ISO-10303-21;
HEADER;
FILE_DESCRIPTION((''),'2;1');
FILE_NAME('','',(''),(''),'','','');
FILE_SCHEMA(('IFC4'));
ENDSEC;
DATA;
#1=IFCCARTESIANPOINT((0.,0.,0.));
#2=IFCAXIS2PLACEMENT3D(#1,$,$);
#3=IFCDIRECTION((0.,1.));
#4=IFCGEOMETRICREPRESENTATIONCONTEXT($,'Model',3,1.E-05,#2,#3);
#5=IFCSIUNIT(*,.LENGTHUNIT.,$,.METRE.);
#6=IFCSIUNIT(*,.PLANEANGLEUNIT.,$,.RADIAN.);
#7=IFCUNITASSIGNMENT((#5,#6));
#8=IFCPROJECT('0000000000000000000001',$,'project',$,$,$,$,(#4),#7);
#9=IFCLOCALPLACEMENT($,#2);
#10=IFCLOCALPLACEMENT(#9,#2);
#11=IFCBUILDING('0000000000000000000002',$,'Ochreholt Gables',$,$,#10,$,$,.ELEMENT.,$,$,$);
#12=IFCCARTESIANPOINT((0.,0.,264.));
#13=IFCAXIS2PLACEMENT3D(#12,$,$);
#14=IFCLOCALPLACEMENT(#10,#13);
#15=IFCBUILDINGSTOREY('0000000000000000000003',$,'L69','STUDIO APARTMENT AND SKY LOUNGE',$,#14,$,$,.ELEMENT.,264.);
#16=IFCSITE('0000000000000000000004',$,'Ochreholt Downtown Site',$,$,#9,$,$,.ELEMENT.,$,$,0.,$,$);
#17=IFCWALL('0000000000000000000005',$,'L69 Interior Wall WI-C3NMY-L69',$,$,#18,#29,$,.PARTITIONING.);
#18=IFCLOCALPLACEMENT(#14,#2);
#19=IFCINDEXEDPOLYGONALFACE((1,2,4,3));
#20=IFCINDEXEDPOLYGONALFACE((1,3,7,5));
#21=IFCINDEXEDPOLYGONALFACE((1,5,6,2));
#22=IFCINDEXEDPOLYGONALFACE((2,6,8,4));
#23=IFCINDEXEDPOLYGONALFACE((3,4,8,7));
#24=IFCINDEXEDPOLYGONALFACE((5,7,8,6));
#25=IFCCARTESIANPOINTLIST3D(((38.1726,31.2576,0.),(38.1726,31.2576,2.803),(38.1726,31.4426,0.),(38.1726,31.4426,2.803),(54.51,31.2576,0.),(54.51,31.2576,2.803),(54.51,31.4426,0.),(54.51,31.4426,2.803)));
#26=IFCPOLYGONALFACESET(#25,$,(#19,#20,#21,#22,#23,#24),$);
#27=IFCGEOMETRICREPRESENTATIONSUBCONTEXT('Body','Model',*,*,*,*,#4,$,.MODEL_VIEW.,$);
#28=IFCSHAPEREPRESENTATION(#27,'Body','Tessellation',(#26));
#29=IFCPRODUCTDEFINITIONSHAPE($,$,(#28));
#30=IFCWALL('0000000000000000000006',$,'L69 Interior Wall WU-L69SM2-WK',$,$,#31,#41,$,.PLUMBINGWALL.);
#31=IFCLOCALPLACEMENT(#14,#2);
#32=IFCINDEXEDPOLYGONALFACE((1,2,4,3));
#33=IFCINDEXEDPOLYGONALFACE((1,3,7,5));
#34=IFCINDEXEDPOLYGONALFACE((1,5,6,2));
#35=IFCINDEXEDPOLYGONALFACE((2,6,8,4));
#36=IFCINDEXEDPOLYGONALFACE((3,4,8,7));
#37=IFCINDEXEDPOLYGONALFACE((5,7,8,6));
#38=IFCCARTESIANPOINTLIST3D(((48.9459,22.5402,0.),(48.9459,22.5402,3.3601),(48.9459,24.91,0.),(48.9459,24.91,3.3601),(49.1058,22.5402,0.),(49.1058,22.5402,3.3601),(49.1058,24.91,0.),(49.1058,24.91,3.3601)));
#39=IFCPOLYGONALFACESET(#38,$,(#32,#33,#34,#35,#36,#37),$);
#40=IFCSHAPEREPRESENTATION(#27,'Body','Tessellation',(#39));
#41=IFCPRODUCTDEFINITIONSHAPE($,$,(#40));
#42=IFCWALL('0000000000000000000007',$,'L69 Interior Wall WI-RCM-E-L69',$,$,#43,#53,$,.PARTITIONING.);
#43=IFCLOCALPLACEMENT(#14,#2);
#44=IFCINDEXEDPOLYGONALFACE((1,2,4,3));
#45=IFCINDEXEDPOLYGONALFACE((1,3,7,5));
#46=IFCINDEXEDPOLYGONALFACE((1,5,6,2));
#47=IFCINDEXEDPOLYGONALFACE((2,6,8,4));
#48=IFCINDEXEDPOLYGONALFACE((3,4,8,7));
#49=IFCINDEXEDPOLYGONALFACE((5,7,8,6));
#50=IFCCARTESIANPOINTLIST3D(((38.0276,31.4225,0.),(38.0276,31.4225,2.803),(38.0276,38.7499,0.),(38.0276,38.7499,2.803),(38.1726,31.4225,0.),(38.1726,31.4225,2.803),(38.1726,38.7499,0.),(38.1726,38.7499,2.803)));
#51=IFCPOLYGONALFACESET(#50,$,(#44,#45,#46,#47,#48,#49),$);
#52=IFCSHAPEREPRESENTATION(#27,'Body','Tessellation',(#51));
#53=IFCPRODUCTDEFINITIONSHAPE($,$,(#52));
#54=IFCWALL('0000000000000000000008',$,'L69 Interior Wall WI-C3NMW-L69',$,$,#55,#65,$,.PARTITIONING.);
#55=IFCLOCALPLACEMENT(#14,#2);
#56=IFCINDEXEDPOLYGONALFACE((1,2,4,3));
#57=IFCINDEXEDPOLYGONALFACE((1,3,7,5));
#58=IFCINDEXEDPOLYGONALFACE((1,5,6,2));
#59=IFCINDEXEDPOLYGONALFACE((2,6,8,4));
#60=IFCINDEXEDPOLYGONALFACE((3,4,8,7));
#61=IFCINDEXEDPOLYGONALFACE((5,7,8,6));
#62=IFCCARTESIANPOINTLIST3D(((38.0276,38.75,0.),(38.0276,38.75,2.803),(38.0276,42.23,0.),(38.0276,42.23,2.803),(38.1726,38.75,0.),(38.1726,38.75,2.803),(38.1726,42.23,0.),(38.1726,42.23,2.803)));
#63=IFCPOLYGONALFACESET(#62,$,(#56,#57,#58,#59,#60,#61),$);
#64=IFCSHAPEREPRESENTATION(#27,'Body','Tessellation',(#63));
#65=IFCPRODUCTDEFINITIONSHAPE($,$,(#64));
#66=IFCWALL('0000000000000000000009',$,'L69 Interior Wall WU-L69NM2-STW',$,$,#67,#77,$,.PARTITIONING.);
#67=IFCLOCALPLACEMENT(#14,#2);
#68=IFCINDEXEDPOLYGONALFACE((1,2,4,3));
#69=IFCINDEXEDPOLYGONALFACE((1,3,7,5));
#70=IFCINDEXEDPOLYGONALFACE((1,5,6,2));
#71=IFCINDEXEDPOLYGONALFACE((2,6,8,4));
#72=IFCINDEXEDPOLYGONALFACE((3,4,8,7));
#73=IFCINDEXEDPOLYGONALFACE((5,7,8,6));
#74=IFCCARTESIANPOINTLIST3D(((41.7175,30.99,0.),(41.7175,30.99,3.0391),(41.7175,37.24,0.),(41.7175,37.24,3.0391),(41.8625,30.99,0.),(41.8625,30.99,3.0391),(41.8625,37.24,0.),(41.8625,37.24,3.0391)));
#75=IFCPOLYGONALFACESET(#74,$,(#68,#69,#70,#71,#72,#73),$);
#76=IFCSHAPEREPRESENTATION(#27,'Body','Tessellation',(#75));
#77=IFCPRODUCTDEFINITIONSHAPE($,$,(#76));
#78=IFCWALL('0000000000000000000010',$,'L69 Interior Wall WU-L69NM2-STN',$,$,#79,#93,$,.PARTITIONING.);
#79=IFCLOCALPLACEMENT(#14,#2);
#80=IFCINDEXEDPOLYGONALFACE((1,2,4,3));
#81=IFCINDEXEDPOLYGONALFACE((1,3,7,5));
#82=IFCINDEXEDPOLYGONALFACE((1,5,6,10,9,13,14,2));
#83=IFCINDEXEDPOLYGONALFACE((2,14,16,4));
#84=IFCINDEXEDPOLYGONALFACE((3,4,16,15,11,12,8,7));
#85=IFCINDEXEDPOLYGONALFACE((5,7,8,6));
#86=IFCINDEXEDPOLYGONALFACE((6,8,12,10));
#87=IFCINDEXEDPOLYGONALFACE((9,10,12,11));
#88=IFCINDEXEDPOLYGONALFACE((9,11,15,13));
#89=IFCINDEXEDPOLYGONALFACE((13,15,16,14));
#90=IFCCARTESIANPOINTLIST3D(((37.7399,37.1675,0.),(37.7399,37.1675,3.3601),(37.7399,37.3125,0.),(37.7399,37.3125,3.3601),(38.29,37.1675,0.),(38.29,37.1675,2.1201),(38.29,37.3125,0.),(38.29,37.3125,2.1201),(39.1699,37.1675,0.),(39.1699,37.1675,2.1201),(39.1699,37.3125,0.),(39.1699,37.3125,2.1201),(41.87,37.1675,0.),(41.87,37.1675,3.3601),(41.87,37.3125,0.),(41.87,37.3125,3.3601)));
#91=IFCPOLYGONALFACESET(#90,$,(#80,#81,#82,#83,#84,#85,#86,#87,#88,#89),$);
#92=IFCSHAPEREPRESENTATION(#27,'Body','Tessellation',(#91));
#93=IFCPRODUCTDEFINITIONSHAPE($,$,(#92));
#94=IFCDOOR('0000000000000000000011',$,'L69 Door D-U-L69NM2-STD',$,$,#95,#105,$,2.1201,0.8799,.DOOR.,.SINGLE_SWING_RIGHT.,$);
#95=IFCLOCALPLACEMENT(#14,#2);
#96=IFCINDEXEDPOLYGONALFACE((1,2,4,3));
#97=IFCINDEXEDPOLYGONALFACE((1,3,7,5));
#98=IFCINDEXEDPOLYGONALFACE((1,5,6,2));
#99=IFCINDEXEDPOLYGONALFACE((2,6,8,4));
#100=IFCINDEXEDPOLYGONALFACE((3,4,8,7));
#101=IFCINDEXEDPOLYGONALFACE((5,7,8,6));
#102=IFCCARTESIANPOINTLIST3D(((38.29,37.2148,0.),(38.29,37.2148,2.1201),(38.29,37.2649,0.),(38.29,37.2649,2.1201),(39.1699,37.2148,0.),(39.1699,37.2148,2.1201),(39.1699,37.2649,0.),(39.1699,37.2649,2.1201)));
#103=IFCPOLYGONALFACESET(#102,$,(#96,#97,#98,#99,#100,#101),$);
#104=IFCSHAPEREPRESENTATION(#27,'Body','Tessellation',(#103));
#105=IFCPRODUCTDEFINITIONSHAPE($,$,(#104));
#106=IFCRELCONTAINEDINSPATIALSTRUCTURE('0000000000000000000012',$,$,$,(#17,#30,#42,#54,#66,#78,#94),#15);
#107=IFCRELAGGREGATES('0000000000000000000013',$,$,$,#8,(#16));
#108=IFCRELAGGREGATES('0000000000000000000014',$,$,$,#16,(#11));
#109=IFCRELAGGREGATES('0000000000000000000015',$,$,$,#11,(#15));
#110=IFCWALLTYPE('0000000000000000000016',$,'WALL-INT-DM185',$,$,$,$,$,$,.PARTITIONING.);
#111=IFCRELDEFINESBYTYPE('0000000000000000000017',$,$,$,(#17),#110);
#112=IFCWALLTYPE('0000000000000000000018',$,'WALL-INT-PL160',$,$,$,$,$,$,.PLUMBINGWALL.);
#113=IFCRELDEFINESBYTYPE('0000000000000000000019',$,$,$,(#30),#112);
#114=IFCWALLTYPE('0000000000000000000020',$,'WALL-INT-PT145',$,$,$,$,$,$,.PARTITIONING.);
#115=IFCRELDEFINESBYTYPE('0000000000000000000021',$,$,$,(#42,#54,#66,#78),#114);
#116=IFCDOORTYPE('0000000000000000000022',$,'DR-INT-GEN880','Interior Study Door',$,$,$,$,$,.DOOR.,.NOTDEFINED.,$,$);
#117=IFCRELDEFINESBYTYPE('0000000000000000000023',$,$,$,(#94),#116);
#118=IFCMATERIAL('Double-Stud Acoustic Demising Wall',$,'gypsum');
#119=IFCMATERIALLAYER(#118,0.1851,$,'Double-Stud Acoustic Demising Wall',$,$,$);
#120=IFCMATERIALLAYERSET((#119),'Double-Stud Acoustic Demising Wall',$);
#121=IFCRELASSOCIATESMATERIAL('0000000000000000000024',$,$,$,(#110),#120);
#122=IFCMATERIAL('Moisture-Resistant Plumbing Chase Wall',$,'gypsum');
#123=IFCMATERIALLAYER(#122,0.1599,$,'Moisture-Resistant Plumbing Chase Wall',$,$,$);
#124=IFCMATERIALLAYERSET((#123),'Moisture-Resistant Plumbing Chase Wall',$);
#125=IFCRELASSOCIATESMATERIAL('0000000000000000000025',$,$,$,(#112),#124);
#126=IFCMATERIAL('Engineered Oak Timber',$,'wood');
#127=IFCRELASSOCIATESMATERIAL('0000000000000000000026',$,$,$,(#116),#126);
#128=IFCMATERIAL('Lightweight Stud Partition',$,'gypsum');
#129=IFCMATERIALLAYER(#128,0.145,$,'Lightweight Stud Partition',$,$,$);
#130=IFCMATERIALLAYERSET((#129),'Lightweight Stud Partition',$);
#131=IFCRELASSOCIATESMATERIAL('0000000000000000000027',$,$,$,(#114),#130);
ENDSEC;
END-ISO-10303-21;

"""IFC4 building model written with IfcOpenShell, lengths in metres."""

from ifc_helpers import new_model, si_unit, direction, frame, frame_2d, origin, place, context, subcontext, project, spatial, rectangle, extrude, material, layer, layer_set, type_object, element, fill, save


model = new_model("IFC4")

# Units and contexts
model_context = context("Model", 3, precision=1e-05, world=origin(), true_north=direction((0.0, 1.0)))
body_context = subcontext(model_context, "Body", "Model", "MODEL_VIEW")
ifc_project = project(units=[si_unit("LENGTHUNIT", "METRE"), si_unit("PLANEANGLEUNIT", "RADIAN")], contexts=[model_context])

# Site, building, storey
site_placement = place(None, origin())
site = spatial("IfcSite", under=ifc_project, at=site_placement, Name="Ochreholt Downtown Site", CompositionType="ELEMENT", RefElevation=0.0)
building_placement = place(site_placement, origin())
building = spatial("IfcBuilding", under=site, at=building_placement, Name="Ochreholt Gables", CompositionType="ELEMENT")
storey_placement = place(building_placement, frame((0.0, 0.0, 264.0)))
storey = spatial("IfcBuildingStorey", under=building, at=storey_placement, Name="L69", Description="STUDIO APARTMENT AND SKY LOUNGE", CompositionType="ELEMENT", Elevation=264.0)

# Shared definitions
ifc_material_1 = material(Name="Engineered Oak Timber", Category="wood")

# Wall
ifc_material_2 = material(Name="Double-Stud Acoustic Demising Wall", Category="gypsum")
ifc_layer_1 = layer(ifc_material_2, 0.1851, Name="Double-Stud Acoustic Demising Wall")
ifc_layer_set_1 = layer_set([ifc_layer_1], Name="Double-Stud Acoustic Demising Wall")
wall_type_1 = type_object("IfcWallType", Name="WALL-INT-DM185", PredefinedType="PARTITIONING", material=ifc_layer_set_1)
wall_1_placement = place(storey_placement, frame((38.1726, 31.3501, 0.0), z_axis=(0.0, 0.0, 1.0), x_axis=(1.0, 0.0, 0.0)))
element("IfcWall", 1, at=wall_1_placement, inside=storey, type_object=wall_type_1, Name="L69 Interior Wall WI-C3NMY-L69", PredefinedType="PARTITIONING", context=body_context, shape_type="SweptSolid", body=[
    extrude(rectangle(XDim=16.3374, YDim=0.1851, at=frame_2d((8.1687, 0.0))), origin(), (0.0, 0.0, 1.0), 2.803),
])

# Shared definitions
ifc_material_3 = material(Name="Moisture-Resistant Plumbing Chase Wall", Category="gypsum")
ifc_layer_2 = layer(ifc_material_3, 0.1599, Name="Moisture-Resistant Plumbing Chase Wall")
ifc_layer_set_2 = layer_set([ifc_layer_2], Name="Moisture-Resistant Plumbing Chase Wall")
wall_type_2 = type_object("IfcWallType", Name="WALL-INT-PL160", PredefinedType="PLUMBINGWALL", material=ifc_layer_set_2)
door_type_1 = type_object("IfcDoorType", Name="DR-INT-GEN880", Description="Interior Study Door", OperationType="NOTDEFINED", PredefinedType="DOOR", material=ifc_material_1)

# Walls
wall_2_placement = place(storey_placement, frame((49.0259, 22.54, 0.0), z_axis=(0.0, 0.0, 1.0), x_axis=(0.0, 1.0, 0.0)))
element("IfcWall", 2, at=wall_2_placement, inside=storey, type_object=wall_type_2, Name="L69 Interior Wall WU-L69SM2-WK", PredefinedType="PLUMBINGWALL", context=body_context, shape_type="SweptSolid", body=[
    extrude(rectangle(XDim=2.3699, YDim=0.1599, at=frame_2d((1.1851, 0.0))), origin(), (0.0, 0.0, 1.0), 3.3601),
])
ifc_material_4 = material(Name="Lightweight Stud Partition", Category="gypsum")
ifc_layer_3 = layer(ifc_material_4, 0.145, Name="Lightweight Stud Partition")
ifc_layer_set_3 = layer_set([ifc_layer_3], Name="Lightweight Stud Partition")
wall_type_3 = type_object("IfcWallType", Name="WALL-INT-PT145", PredefinedType="PARTITIONING", material=ifc_layer_set_3)
wall_3_placement = place(storey_placement, frame((38.1001, 31.4226, 0.0), z_axis=(0.0, 0.0, 1.0), x_axis=(0.0, 1.0, 0.0)))
element("IfcWall", 3, at=wall_3_placement, inside=storey, type_object=wall_type_3, Name="L69 Interior Wall WI-RCM-E-L69", PredefinedType="PARTITIONING", context=body_context, shape_type="SweptSolid", body=[
    extrude(rectangle(XDim=7.3274, YDim=0.145, at=frame_2d((3.6636, 0.0))), origin(), (0.0, 0.0, 1.0), 2.803),
])
wall_4_placement = place(storey_placement, frame((38.1001, 38.75, 0.0), z_axis=(0.0, 0.0, 1.0), x_axis=(0.0, 1.0, 0.0)))
element("IfcWall", 4, at=wall_4_placement, inside=storey, type_object=wall_type_3, Name="L69 Interior Wall WI-C3NMW-L69", PredefinedType="PARTITIONING", context=body_context, shape_type="SweptSolid", body=[
    extrude(rectangle(XDim=3.48, YDim=0.145, at=frame_2d((1.74, 0.0))), origin(), (0.0, 0.0, 1.0), 2.803),
])
wall_5_placement = place(storey_placement, frame((41.79, 30.99, 0.0), z_axis=(0.0, 0.0, 1.0), x_axis=(0.0, 1.0, 0.0)))
element("IfcWall", 5, at=wall_5_placement, inside=storey, type_object=wall_type_3, Name="L69 Interior Wall WU-L69NM2-STW", PredefinedType="PARTITIONING", context=body_context, shape_type="SweptSolid", body=[
    extrude(rectangle(XDim=6.25, YDim=0.145, at=frame_2d((3.125, 0.0))), origin(), (0.0, 0.0, 1.0), 3.0391),
])

# Wall, opening, door
wall_6_placement = place(storey_placement, frame((37.74, 37.24, 0.0), z_axis=(0.0, 0.0, 1.0), x_axis=(1.0, 0.0, 0.0)))
wall_6 = element("IfcWall", 6, at=wall_6_placement, inside=storey, type_object=wall_type_3, Name="L69 Interior Wall WU-L69NM2-STN", PredefinedType="PARTITIONING", context=body_context, shape_type="SweptSolid", body=[
    extrude(rectangle(XDim=4.1301, YDim=0.145, at=frame_2d((2.0649, 0.0))), origin(), (0.0, 0.0, 1.0), 3.3601),
])
opening_1_placement = place(wall_6_placement, frame((0.55, 0.0, 0.0)))
opening_1 = element("IfcOpeningElement", 7, at=opening_1_placement, cuts=wall_6, PredefinedType="OPENING", context=body_context, shape_type="SweptSolid", body=[
    extrude(rectangle(XDim=0.8799, YDim=2.1201, at=frame_2d((0.4399, 1.0601))), frame((0.0, 0.0825, 0.0), z_axis=(0.0, -1.0, 0.0), x_axis=(1.0, 0.0, 0.0)), (0.0, 0.0, 1.0), 0.165),
])
door_1_placement = place(opening_1_placement, origin())
door_1 = element("IfcDoor", 8, at=door_1_placement, inside=storey, type_object=door_type_1, Name="L69 Door D-U-L69NM2-STD", OperationType="SINGLE_SWING_RIGHT", OverallHeight=2.1201, OverallWidth=0.8799, PredefinedType="DOOR", context=body_context, shape_type="SweptSolid", body=[
    extrude(rectangle(XDim=0.8799, YDim=2.1201, at=frame_2d((0.4399, 1.0601))), frame((0.0, 0.0249, 0.0), z_axis=(0.0, -1.0, 0.0), x_axis=(1.0, 0.0, 0.0)), (0.0, 0.0, 1.0), 0.05),
])
fill(opening_1, door_1)

save(model, "model.ifc")
